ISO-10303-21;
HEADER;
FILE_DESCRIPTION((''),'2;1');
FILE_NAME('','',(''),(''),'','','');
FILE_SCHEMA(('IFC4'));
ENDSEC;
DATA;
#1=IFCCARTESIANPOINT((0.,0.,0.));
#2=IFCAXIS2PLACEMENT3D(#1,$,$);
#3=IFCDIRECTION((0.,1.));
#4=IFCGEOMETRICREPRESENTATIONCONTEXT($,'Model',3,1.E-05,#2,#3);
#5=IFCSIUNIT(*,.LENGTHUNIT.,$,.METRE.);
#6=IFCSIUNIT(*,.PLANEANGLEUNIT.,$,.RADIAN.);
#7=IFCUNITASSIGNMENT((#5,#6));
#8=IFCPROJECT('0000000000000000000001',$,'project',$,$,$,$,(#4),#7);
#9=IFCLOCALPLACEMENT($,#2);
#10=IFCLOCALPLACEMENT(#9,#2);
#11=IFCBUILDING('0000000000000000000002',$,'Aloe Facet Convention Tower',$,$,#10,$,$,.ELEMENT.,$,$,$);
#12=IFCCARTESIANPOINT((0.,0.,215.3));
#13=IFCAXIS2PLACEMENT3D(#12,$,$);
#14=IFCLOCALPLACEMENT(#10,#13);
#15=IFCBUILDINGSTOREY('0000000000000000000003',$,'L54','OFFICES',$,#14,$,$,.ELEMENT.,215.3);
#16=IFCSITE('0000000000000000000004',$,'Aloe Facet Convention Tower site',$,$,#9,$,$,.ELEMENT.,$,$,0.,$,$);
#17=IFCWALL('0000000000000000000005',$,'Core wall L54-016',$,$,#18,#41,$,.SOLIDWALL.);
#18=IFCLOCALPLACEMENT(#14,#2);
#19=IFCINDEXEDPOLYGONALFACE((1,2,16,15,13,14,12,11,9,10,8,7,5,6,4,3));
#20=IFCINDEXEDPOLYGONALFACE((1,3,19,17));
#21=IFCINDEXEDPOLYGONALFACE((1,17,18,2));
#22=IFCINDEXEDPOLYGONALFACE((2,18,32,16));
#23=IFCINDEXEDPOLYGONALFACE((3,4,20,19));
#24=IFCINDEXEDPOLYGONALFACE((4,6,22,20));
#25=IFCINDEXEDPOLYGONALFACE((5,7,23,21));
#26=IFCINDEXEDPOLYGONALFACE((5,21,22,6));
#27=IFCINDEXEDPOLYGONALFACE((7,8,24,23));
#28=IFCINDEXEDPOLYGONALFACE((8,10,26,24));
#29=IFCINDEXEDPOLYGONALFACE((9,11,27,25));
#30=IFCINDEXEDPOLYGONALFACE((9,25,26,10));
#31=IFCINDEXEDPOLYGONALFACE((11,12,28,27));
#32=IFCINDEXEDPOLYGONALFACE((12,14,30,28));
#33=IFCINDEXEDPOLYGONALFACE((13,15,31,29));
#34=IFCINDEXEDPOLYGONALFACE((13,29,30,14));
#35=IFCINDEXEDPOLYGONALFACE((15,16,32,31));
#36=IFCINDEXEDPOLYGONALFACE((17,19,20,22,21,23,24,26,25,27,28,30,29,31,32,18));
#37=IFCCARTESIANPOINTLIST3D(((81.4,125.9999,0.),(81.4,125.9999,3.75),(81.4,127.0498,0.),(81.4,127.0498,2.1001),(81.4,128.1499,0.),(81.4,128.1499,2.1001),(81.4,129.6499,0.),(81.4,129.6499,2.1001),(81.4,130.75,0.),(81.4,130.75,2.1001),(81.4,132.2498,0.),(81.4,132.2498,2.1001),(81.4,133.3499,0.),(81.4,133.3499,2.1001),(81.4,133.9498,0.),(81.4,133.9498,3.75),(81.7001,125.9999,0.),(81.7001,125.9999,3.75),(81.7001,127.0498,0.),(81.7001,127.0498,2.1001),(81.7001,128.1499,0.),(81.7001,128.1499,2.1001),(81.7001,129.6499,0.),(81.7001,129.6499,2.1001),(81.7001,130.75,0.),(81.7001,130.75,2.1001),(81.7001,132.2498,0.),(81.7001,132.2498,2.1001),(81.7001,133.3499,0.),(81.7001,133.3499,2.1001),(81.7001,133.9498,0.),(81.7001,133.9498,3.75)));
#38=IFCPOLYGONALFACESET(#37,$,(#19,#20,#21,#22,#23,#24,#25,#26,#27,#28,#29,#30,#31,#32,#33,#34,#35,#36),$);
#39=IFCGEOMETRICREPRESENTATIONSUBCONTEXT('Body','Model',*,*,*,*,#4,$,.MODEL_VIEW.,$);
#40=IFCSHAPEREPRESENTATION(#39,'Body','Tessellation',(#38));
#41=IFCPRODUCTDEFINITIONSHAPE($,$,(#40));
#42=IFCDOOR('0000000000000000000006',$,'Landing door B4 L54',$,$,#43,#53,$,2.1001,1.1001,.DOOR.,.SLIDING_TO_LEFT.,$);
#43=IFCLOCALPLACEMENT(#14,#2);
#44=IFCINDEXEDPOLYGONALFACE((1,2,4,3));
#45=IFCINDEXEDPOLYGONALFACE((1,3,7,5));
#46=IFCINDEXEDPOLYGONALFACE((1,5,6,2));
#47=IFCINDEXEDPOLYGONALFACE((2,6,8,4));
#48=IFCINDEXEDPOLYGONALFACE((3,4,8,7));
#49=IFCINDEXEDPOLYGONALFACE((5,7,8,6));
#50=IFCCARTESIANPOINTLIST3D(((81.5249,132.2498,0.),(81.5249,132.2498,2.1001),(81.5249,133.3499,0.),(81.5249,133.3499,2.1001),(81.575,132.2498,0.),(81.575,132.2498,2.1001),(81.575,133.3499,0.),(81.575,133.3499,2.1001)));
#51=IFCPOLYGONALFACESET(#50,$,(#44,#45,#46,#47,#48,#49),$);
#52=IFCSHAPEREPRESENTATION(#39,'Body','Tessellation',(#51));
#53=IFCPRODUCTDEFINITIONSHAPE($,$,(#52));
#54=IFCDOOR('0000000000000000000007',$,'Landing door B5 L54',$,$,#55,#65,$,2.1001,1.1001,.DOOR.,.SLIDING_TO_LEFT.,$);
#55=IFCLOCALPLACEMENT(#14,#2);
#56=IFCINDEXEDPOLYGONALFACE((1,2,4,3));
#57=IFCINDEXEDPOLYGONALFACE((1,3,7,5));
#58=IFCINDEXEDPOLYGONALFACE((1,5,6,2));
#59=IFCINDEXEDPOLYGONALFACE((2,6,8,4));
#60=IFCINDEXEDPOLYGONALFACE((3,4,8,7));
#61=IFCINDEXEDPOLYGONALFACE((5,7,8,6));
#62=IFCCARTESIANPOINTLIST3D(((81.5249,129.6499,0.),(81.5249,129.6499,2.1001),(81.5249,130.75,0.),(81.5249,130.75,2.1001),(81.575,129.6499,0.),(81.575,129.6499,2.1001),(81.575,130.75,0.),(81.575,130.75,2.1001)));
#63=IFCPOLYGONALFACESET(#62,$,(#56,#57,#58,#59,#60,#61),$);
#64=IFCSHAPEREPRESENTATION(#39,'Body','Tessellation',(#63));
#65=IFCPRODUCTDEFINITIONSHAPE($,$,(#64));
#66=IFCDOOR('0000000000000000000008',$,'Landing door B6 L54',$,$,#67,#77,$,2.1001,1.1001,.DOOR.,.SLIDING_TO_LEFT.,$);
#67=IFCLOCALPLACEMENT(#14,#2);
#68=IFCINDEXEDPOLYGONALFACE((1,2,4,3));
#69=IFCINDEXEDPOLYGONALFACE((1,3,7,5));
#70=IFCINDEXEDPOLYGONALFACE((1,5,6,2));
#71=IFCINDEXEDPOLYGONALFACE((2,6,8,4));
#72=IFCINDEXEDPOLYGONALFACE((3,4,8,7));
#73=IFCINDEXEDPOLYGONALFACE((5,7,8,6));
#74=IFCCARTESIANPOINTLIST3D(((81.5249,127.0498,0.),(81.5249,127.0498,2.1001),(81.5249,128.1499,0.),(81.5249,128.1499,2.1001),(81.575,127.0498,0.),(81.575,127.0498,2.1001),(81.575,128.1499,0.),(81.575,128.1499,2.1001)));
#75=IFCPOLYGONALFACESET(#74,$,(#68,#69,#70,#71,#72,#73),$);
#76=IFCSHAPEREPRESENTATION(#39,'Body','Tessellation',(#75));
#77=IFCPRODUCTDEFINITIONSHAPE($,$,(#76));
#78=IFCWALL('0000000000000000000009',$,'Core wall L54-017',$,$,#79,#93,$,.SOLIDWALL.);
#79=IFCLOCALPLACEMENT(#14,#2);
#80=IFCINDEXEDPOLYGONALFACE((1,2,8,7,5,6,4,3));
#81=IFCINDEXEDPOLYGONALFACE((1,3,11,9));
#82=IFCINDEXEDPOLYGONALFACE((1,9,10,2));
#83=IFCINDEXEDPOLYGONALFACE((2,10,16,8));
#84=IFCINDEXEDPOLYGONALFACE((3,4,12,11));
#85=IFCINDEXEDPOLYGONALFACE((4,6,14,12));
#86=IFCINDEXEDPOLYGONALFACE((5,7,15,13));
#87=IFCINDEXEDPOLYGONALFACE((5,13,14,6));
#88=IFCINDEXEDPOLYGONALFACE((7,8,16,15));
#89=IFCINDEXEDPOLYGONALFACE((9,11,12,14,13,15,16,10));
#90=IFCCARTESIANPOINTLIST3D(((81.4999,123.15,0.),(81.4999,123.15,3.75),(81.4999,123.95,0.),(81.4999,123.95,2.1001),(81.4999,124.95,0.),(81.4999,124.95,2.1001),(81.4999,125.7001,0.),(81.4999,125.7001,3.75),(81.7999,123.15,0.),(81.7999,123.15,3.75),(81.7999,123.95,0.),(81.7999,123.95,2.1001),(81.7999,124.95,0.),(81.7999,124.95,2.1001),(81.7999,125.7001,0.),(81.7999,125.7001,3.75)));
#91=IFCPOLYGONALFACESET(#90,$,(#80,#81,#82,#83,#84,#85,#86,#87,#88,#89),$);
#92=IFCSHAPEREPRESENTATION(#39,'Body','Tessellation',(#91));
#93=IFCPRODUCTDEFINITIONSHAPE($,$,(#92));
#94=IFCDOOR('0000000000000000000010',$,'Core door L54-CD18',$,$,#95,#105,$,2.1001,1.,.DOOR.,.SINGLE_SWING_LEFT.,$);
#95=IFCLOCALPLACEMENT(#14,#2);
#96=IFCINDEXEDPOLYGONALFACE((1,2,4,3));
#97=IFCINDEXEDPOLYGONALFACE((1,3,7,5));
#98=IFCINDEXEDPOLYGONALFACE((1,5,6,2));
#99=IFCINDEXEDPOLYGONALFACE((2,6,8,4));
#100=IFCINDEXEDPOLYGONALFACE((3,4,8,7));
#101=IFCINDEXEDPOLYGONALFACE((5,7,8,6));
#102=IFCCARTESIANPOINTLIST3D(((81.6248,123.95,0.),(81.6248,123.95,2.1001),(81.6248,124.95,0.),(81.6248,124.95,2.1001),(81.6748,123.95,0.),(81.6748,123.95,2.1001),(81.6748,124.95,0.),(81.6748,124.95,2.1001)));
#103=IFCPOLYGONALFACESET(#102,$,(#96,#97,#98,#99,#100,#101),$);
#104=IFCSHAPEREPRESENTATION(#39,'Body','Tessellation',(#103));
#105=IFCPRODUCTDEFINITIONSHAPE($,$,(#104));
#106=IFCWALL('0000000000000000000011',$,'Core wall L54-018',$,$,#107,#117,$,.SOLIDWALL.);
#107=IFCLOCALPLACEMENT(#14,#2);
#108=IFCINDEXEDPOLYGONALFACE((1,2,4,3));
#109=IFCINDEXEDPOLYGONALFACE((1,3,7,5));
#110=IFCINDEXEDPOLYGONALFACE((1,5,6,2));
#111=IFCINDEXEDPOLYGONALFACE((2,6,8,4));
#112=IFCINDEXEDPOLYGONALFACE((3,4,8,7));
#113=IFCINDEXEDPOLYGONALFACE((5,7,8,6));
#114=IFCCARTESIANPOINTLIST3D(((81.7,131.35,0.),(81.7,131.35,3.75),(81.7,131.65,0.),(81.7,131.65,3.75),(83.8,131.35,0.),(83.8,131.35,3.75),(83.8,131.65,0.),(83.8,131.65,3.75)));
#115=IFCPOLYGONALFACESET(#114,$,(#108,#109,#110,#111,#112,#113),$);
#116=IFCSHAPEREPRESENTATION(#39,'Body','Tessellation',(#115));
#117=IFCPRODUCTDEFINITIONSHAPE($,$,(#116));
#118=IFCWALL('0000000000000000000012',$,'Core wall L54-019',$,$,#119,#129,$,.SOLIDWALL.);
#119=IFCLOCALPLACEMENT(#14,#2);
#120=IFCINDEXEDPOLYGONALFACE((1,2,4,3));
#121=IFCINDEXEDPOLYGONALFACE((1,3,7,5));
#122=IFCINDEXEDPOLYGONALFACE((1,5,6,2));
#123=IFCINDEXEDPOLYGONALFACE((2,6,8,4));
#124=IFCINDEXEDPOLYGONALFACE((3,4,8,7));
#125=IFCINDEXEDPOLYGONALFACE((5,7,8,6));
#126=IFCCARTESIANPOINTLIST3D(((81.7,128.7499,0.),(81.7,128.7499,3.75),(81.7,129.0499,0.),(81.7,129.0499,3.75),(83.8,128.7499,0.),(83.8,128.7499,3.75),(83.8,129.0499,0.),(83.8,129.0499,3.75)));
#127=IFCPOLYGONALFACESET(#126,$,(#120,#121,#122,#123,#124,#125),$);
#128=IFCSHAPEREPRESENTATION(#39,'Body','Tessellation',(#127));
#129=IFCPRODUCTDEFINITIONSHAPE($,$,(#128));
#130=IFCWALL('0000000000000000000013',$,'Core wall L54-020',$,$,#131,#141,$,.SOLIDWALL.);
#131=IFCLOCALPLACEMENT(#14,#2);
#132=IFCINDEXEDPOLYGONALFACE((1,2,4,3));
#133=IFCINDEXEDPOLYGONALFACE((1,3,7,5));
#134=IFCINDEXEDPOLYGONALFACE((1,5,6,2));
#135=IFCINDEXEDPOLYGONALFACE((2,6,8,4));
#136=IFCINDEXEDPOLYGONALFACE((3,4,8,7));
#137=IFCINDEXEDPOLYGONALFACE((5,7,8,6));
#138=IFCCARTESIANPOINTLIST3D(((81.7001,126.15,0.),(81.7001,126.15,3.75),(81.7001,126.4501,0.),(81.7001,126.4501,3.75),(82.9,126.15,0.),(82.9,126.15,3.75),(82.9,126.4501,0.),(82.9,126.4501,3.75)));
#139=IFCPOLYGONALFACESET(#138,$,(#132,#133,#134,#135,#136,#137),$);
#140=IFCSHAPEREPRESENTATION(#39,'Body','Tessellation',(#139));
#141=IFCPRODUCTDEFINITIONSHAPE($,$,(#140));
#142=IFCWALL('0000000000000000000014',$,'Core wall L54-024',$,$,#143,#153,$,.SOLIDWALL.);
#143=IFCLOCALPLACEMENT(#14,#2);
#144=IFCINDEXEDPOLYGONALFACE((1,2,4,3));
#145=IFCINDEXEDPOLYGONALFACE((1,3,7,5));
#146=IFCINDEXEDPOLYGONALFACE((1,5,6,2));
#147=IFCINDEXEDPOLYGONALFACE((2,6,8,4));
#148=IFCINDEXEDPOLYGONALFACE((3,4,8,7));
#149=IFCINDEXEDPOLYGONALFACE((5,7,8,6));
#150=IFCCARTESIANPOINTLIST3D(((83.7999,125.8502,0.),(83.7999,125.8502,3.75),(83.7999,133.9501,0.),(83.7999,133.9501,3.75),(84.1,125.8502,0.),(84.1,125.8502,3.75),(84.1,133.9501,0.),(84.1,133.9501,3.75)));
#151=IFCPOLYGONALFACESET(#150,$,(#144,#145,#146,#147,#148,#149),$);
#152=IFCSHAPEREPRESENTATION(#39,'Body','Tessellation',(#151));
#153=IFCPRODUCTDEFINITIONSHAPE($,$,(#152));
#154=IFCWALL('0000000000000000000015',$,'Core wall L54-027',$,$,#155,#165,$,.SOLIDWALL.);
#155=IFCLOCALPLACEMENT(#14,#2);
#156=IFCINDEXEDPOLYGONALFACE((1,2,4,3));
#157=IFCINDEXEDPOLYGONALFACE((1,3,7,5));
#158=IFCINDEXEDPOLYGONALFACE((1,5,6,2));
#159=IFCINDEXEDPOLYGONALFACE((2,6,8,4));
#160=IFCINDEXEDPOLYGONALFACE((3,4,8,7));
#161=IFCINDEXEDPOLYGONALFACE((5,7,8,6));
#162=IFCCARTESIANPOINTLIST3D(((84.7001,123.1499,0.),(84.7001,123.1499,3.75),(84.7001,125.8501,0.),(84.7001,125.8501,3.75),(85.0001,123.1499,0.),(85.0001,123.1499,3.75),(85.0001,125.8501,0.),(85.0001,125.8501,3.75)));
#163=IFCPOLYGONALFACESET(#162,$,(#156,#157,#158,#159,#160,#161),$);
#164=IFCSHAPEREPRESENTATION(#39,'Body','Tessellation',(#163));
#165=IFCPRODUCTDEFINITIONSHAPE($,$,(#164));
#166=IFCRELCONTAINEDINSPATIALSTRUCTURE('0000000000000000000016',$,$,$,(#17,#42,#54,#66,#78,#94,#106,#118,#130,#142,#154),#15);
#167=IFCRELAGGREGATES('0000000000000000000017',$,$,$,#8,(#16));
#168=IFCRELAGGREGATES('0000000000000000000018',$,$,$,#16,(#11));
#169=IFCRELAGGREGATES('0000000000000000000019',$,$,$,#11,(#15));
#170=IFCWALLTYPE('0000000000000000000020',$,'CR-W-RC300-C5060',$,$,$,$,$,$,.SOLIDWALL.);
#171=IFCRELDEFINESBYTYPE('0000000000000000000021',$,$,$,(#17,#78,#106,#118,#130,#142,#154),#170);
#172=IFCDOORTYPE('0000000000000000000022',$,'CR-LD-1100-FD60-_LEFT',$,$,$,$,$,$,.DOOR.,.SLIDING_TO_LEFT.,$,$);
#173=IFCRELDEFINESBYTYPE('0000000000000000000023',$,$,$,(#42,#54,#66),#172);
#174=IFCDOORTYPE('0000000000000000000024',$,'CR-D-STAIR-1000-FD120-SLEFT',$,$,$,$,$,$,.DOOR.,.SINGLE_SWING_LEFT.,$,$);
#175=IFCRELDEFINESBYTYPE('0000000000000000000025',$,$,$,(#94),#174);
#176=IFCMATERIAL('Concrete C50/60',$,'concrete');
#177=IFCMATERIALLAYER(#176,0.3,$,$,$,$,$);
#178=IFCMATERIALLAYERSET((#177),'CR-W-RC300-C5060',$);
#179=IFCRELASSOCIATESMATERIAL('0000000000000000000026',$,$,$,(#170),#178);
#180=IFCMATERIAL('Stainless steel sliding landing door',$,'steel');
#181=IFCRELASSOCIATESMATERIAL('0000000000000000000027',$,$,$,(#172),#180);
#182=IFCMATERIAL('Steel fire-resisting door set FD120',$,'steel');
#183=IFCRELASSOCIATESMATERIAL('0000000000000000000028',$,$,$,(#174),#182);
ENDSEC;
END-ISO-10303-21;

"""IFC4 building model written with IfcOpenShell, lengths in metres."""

from ifc_helpers import new_model, si_unit, direction, frame, frame_2d, origin, place, context, subcontext, project, spatial, rectangle, extrude, material, layer, layer_set, type_object, element, fill, save


model = new_model("IFC4")

# Units and contexts
model_context = context("Model", 3, precision=1e-05, world=origin(), true_north=direction((0.0, 1.0)))
body_context = subcontext(model_context, "Body", "Model", "MODEL_VIEW")
ifc_project = project(units=[si_unit("LENGTHUNIT", "METRE"), si_unit("PLANEANGLEUNIT", "RADIAN")], contexts=[model_context])

# Site, building, storey
site_placement = place(None, origin())
site = spatial("IfcSite", under=ifc_project, at=site_placement, Name="Aloe Facet Convention Tower site", CompositionType="ELEMENT", RefElevation=0.0)
building_placement = place(site_placement, origin())
building = spatial("IfcBuilding", under=site, at=building_placement, Name="Aloe Facet Convention Tower", CompositionType="ELEMENT")
storey_placement = place(building_placement, frame((0.0, 0.0, 215.3)))
storey = spatial("IfcBuildingStorey", under=building, at=storey_placement, Name="L54", Description="OFFICES", CompositionType="ELEMENT", Elevation=215.3)

# Wall, openings, doors
ifc_material_1 = material(Name="Concrete C50/60", Category="concrete")
ifc_layer_1 = layer(ifc_material_1, 0.3)
ifc_layer_set_1 = layer_set([ifc_layer_1], Name="CR-W-RC300-C5060")
wall_type_1 = type_object("IfcWallType", Name="CR-W-RC300-C5060", PredefinedType="SOLIDWALL", material=ifc_layer_set_1)
wall_1_placement = place(storey_placement, frame((81.55, 133.95, 0.0), z_axis=(0.0, 0.0, 1.0), x_axis=(0.0, -1.0, 0.0)))
wall_1 = element("IfcWall", 1, at=wall_1_placement, inside=storey, type_object=wall_type_1, Name="Core wall L54-016", PredefinedType="SOLIDWALL", context=body_context, shape_type="SweptSolid", body=[
    extrude(rectangle(XDim=7.95, YDim=0.3, at=frame_2d((3.9751, 0.0))), origin(), (0.0, 0.0, 1.0), 3.75),
])
opening_1_placement = place(wall_1_placement, frame((0.6001, 0.0, 0.0)))
opening_1 = element("IfcOpeningElement", 2, at=opening_1_placement, cuts=wall_1, PredefinedType="OPENING", context=body_context, shape_type="SweptSolid", body=[
    extrude(rectangle(XDim=1.1001, YDim=2.1001, at=frame_2d((0.55, 1.05))), frame((0.0, 0.1602, 0.0), z_axis=(0.0, -1.0, 0.0), x_axis=(1.0, 0.0, 0.0)), (0.0, 0.0, 1.0), 0.3201),
])
opening_2_placement = place(wall_1_placement, frame((3.2, 0.0, 0.0)))
opening_2 = element("IfcOpeningElement", 3, at=opening_2_placement, cuts=wall_1, PredefinedType="OPENING", context=body_context, shape_type="SweptSolid", body=[
    extrude(rectangle(XDim=1.1001, YDim=2.1001, at=frame_2d((0.55, 1.05))), frame((0.0, 0.1602, 0.0), z_axis=(0.0, -1.0, 0.0), x_axis=(1.0, 0.0, 0.0)), (0.0, 0.0, 1.0), 0.3201),
])
opening_3_placement = place(wall_1_placement, frame((5.8, 0.0, 0.0)))
opening_3 = element("IfcOpeningElement", 4, at=opening_3_placement, cuts=wall_1, PredefinedType="OPENING", context=body_context, shape_type="SweptSolid", body=[
    extrude(rectangle(XDim=1.1001, YDim=2.1001, at=frame_2d((0.55, 1.05))), frame((0.0, 0.1602, 0.0), z_axis=(0.0, -1.0, 0.0), x_axis=(1.0, 0.0, 0.0)), (0.0, 0.0, 1.0), 0.3201),
])
ifc_material_2 = material(Name="Stainless steel sliding landing door", Category="steel")
door_type_1 = type_object("IfcDoorType", Name="CR-LD-1100-FD60-_LEFT", OperationType="SLIDING_TO_LEFT", PredefinedType="DOOR", material=ifc_material_2)
door_1_placement = place(opening_1_placement, origin())
door_1 = element("IfcDoor", 5, at=door_1_placement, inside=storey, type_object=door_type_1, Name="Landing door B4 L54", OperationType="SLIDING_TO_LEFT", OverallHeight=2.1001, OverallWidth=1.1001, PredefinedType="DOOR", context=body_context, shape_type="SweptSolid", body=[
    extrude(rectangle(XDim=1.1001, YDim=2.1001, at=frame_2d((0.55, 1.05))), frame((0.0, 0.0249, 0.0), z_axis=(0.0, -1.0, 0.0), x_axis=(1.0, 0.0, 0.0)), (0.0, 0.0, 1.0), 0.05),
])
fill(opening_1, door_1)
door_2_placement = place(opening_2_placement, origin())
door_2 = element("IfcDoor", 6, at=door_2_placement, inside=storey, type_object=door_type_1, Name="Landing door B5 L54", OperationType="SLIDING_TO_LEFT", OverallHeight=2.1001, OverallWidth=1.1001, PredefinedType="DOOR", context=body_context, shape_type="SweptSolid", body=[
    extrude(rectangle(XDim=1.1001, YDim=2.1001, at=frame_2d((0.55, 1.05))), frame((0.0, 0.0249, 0.0), z_axis=(0.0, -1.0, 0.0), x_axis=(1.0, 0.0, 0.0)), (0.0, 0.0, 1.0), 0.05),
])
fill(opening_2, door_2)
door_3_placement = place(opening_3_placement, origin())
door_3 = element("IfcDoor", 7, at=door_3_placement, inside=storey, type_object=door_type_1, Name="Landing door B6 L54", OperationType="SLIDING_TO_LEFT", OverallHeight=2.1001, OverallWidth=1.1001, PredefinedType="DOOR", context=body_context, shape_type="SweptSolid", body=[
    extrude(rectangle(XDim=1.1001, YDim=2.1001, at=frame_2d((0.55, 1.05))), frame((0.0, 0.0249, 0.0), z_axis=(0.0, -1.0, 0.0), x_axis=(1.0, 0.0, 0.0)), (0.0, 0.0, 1.0), 0.05),
])
fill(opening_3, door_3)

# Wall, opening, door
wall_2_placement = place(storey_placement, frame((81.6499, 125.7, 0.0), z_axis=(0.0, 0.0, 1.0), x_axis=(0.0, -1.0, 0.0)))
wall_2 = element("IfcWall", 8, at=wall_2_placement, inside=storey, type_object=wall_type_1, Name="Core wall L54-017", PredefinedType="SOLIDWALL", context=body_context, shape_type="SweptSolid", body=[
    extrude(rectangle(XDim=2.55, YDim=0.3, at=frame_2d((1.2749, 0.0))), origin(), (0.0, 0.0, 1.0), 3.75),
])
opening_4_placement = place(wall_2_placement, frame((0.75, 0.0, 0.0)))
opening_4 = element("IfcOpeningElement", 9, at=opening_4_placement, cuts=wall_2, PredefinedType="OPENING", context=body_context, shape_type="SweptSolid", body=[
    extrude(rectangle(XDim=1.0, YDim=2.1001, at=frame_2d((0.5, 1.05))), frame((0.0, 0.1602, 0.0), z_axis=(0.0, -1.0, 0.0), x_axis=(1.0, 0.0, 0.0)), (0.0, 0.0, 1.0), 0.3201),
])
ifc_material_3 = material(Name="Steel fire-resisting door set FD120", Category="steel")
door_type_2 = type_object("IfcDoorType", Name="CR-D-STAIR-1000-FD120-SLEFT", OperationType="SINGLE_SWING_LEFT", PredefinedType="DOOR", material=ifc_material_3)
door_4_placement = place(opening_4_placement, origin())
door_4 = element("IfcDoor", 10, at=door_4_placement, inside=storey, type_object=door_type_2, Name="Core door L54-CD18", OperationType="SINGLE_SWING_LEFT", OverallHeight=2.1001, OverallWidth=1.0, PredefinedType="DOOR", context=body_context, shape_type="SweptSolid", body=[
    extrude(rectangle(XDim=1.0, YDim=2.1001, at=frame_2d((0.5, 1.05))), frame((0.0, 0.0249, 0.0), z_axis=(0.0, -1.0, 0.0), x_axis=(1.0, 0.0, 0.0)), (0.0, 0.0, 1.0), 0.05),
])
fill(opening_4, door_4)

# Walls
for number, where, z_axis, x_axis, name in (
    (11, (81.7, 131.5, 0.0), (0.0, 0.0, 1.0), (1.0, 0.0, 0.0), "Core wall L54-018"),
    (12, (81.7, 128.8999, 0.0), (0.0, 0.0, 1.0), (1.0, 0.0, 0.0), "Core wall L54-019"),
):
    element("IfcWall", number, at=place(storey_placement, frame(where, z_axis=z_axis, x_axis=x_axis)), inside=storey, type_object=wall_type_1, Name=name, PredefinedType="SOLIDWALL", context=body_context, shape_type="SweptSolid", body=[
        extrude(rectangle(XDim=2.1001, YDim=0.3, at=frame_2d((1.05, 0.0))), origin(), (0.0, 0.0, 1.0), 3.75),
    ])
wall_3_placement = place(storey_placement, frame((81.7, 126.3, 0.0), z_axis=(0.0, 0.0, 1.0), x_axis=(1.0, 0.0, 0.0)))
element("IfcWall", 13, at=wall_3_placement, inside=storey, type_object=wall_type_1, Name="Core wall L54-020", PredefinedType="SOLIDWALL", context=body_context, shape_type="SweptSolid", body=[
    extrude(rectangle(XDim=1.2, YDim=0.3, at=frame_2d((0.6001, 0.0))), origin(), (0.0, 0.0, 1.0), 3.75),
])
wall_4_placement = place(storey_placement, frame((83.95, 133.95, 0.0), z_axis=(0.0, 0.0, 1.0), x_axis=(0.0, -1.0, 0.0)))
element("IfcWall", 14, at=wall_4_placement, inside=storey, type_object=wall_type_1, Name="Core wall L54-024", PredefinedType="SOLIDWALL", context=body_context, shape_type="SweptSolid", body=[
    extrude(rectangle(XDim=8.0999, YDim=0.3, at=frame_2d((4.0498, 0.0))), origin(), (0.0, 0.0, 1.0), 3.75),
])
wall_5_placement = place(storey_placement, frame((84.8501, 125.8501, 0.0), z_axis=(0.0, 0.0, 1.0), x_axis=(0.0, -1.0, 0.0)))
element("IfcWall", 15, at=wall_5_placement, inside=storey, type_object=wall_type_1, Name="Core wall L54-027", PredefinedType="SOLIDWALL", context=body_context, shape_type="SweptSolid", body=[
    extrude(rectangle(XDim=2.7002, YDim=0.3, at=frame_2d((1.3501, 0.0))), origin(), (0.0, 0.0, 1.0), 3.75),
])

save(model, "model.ifc")
